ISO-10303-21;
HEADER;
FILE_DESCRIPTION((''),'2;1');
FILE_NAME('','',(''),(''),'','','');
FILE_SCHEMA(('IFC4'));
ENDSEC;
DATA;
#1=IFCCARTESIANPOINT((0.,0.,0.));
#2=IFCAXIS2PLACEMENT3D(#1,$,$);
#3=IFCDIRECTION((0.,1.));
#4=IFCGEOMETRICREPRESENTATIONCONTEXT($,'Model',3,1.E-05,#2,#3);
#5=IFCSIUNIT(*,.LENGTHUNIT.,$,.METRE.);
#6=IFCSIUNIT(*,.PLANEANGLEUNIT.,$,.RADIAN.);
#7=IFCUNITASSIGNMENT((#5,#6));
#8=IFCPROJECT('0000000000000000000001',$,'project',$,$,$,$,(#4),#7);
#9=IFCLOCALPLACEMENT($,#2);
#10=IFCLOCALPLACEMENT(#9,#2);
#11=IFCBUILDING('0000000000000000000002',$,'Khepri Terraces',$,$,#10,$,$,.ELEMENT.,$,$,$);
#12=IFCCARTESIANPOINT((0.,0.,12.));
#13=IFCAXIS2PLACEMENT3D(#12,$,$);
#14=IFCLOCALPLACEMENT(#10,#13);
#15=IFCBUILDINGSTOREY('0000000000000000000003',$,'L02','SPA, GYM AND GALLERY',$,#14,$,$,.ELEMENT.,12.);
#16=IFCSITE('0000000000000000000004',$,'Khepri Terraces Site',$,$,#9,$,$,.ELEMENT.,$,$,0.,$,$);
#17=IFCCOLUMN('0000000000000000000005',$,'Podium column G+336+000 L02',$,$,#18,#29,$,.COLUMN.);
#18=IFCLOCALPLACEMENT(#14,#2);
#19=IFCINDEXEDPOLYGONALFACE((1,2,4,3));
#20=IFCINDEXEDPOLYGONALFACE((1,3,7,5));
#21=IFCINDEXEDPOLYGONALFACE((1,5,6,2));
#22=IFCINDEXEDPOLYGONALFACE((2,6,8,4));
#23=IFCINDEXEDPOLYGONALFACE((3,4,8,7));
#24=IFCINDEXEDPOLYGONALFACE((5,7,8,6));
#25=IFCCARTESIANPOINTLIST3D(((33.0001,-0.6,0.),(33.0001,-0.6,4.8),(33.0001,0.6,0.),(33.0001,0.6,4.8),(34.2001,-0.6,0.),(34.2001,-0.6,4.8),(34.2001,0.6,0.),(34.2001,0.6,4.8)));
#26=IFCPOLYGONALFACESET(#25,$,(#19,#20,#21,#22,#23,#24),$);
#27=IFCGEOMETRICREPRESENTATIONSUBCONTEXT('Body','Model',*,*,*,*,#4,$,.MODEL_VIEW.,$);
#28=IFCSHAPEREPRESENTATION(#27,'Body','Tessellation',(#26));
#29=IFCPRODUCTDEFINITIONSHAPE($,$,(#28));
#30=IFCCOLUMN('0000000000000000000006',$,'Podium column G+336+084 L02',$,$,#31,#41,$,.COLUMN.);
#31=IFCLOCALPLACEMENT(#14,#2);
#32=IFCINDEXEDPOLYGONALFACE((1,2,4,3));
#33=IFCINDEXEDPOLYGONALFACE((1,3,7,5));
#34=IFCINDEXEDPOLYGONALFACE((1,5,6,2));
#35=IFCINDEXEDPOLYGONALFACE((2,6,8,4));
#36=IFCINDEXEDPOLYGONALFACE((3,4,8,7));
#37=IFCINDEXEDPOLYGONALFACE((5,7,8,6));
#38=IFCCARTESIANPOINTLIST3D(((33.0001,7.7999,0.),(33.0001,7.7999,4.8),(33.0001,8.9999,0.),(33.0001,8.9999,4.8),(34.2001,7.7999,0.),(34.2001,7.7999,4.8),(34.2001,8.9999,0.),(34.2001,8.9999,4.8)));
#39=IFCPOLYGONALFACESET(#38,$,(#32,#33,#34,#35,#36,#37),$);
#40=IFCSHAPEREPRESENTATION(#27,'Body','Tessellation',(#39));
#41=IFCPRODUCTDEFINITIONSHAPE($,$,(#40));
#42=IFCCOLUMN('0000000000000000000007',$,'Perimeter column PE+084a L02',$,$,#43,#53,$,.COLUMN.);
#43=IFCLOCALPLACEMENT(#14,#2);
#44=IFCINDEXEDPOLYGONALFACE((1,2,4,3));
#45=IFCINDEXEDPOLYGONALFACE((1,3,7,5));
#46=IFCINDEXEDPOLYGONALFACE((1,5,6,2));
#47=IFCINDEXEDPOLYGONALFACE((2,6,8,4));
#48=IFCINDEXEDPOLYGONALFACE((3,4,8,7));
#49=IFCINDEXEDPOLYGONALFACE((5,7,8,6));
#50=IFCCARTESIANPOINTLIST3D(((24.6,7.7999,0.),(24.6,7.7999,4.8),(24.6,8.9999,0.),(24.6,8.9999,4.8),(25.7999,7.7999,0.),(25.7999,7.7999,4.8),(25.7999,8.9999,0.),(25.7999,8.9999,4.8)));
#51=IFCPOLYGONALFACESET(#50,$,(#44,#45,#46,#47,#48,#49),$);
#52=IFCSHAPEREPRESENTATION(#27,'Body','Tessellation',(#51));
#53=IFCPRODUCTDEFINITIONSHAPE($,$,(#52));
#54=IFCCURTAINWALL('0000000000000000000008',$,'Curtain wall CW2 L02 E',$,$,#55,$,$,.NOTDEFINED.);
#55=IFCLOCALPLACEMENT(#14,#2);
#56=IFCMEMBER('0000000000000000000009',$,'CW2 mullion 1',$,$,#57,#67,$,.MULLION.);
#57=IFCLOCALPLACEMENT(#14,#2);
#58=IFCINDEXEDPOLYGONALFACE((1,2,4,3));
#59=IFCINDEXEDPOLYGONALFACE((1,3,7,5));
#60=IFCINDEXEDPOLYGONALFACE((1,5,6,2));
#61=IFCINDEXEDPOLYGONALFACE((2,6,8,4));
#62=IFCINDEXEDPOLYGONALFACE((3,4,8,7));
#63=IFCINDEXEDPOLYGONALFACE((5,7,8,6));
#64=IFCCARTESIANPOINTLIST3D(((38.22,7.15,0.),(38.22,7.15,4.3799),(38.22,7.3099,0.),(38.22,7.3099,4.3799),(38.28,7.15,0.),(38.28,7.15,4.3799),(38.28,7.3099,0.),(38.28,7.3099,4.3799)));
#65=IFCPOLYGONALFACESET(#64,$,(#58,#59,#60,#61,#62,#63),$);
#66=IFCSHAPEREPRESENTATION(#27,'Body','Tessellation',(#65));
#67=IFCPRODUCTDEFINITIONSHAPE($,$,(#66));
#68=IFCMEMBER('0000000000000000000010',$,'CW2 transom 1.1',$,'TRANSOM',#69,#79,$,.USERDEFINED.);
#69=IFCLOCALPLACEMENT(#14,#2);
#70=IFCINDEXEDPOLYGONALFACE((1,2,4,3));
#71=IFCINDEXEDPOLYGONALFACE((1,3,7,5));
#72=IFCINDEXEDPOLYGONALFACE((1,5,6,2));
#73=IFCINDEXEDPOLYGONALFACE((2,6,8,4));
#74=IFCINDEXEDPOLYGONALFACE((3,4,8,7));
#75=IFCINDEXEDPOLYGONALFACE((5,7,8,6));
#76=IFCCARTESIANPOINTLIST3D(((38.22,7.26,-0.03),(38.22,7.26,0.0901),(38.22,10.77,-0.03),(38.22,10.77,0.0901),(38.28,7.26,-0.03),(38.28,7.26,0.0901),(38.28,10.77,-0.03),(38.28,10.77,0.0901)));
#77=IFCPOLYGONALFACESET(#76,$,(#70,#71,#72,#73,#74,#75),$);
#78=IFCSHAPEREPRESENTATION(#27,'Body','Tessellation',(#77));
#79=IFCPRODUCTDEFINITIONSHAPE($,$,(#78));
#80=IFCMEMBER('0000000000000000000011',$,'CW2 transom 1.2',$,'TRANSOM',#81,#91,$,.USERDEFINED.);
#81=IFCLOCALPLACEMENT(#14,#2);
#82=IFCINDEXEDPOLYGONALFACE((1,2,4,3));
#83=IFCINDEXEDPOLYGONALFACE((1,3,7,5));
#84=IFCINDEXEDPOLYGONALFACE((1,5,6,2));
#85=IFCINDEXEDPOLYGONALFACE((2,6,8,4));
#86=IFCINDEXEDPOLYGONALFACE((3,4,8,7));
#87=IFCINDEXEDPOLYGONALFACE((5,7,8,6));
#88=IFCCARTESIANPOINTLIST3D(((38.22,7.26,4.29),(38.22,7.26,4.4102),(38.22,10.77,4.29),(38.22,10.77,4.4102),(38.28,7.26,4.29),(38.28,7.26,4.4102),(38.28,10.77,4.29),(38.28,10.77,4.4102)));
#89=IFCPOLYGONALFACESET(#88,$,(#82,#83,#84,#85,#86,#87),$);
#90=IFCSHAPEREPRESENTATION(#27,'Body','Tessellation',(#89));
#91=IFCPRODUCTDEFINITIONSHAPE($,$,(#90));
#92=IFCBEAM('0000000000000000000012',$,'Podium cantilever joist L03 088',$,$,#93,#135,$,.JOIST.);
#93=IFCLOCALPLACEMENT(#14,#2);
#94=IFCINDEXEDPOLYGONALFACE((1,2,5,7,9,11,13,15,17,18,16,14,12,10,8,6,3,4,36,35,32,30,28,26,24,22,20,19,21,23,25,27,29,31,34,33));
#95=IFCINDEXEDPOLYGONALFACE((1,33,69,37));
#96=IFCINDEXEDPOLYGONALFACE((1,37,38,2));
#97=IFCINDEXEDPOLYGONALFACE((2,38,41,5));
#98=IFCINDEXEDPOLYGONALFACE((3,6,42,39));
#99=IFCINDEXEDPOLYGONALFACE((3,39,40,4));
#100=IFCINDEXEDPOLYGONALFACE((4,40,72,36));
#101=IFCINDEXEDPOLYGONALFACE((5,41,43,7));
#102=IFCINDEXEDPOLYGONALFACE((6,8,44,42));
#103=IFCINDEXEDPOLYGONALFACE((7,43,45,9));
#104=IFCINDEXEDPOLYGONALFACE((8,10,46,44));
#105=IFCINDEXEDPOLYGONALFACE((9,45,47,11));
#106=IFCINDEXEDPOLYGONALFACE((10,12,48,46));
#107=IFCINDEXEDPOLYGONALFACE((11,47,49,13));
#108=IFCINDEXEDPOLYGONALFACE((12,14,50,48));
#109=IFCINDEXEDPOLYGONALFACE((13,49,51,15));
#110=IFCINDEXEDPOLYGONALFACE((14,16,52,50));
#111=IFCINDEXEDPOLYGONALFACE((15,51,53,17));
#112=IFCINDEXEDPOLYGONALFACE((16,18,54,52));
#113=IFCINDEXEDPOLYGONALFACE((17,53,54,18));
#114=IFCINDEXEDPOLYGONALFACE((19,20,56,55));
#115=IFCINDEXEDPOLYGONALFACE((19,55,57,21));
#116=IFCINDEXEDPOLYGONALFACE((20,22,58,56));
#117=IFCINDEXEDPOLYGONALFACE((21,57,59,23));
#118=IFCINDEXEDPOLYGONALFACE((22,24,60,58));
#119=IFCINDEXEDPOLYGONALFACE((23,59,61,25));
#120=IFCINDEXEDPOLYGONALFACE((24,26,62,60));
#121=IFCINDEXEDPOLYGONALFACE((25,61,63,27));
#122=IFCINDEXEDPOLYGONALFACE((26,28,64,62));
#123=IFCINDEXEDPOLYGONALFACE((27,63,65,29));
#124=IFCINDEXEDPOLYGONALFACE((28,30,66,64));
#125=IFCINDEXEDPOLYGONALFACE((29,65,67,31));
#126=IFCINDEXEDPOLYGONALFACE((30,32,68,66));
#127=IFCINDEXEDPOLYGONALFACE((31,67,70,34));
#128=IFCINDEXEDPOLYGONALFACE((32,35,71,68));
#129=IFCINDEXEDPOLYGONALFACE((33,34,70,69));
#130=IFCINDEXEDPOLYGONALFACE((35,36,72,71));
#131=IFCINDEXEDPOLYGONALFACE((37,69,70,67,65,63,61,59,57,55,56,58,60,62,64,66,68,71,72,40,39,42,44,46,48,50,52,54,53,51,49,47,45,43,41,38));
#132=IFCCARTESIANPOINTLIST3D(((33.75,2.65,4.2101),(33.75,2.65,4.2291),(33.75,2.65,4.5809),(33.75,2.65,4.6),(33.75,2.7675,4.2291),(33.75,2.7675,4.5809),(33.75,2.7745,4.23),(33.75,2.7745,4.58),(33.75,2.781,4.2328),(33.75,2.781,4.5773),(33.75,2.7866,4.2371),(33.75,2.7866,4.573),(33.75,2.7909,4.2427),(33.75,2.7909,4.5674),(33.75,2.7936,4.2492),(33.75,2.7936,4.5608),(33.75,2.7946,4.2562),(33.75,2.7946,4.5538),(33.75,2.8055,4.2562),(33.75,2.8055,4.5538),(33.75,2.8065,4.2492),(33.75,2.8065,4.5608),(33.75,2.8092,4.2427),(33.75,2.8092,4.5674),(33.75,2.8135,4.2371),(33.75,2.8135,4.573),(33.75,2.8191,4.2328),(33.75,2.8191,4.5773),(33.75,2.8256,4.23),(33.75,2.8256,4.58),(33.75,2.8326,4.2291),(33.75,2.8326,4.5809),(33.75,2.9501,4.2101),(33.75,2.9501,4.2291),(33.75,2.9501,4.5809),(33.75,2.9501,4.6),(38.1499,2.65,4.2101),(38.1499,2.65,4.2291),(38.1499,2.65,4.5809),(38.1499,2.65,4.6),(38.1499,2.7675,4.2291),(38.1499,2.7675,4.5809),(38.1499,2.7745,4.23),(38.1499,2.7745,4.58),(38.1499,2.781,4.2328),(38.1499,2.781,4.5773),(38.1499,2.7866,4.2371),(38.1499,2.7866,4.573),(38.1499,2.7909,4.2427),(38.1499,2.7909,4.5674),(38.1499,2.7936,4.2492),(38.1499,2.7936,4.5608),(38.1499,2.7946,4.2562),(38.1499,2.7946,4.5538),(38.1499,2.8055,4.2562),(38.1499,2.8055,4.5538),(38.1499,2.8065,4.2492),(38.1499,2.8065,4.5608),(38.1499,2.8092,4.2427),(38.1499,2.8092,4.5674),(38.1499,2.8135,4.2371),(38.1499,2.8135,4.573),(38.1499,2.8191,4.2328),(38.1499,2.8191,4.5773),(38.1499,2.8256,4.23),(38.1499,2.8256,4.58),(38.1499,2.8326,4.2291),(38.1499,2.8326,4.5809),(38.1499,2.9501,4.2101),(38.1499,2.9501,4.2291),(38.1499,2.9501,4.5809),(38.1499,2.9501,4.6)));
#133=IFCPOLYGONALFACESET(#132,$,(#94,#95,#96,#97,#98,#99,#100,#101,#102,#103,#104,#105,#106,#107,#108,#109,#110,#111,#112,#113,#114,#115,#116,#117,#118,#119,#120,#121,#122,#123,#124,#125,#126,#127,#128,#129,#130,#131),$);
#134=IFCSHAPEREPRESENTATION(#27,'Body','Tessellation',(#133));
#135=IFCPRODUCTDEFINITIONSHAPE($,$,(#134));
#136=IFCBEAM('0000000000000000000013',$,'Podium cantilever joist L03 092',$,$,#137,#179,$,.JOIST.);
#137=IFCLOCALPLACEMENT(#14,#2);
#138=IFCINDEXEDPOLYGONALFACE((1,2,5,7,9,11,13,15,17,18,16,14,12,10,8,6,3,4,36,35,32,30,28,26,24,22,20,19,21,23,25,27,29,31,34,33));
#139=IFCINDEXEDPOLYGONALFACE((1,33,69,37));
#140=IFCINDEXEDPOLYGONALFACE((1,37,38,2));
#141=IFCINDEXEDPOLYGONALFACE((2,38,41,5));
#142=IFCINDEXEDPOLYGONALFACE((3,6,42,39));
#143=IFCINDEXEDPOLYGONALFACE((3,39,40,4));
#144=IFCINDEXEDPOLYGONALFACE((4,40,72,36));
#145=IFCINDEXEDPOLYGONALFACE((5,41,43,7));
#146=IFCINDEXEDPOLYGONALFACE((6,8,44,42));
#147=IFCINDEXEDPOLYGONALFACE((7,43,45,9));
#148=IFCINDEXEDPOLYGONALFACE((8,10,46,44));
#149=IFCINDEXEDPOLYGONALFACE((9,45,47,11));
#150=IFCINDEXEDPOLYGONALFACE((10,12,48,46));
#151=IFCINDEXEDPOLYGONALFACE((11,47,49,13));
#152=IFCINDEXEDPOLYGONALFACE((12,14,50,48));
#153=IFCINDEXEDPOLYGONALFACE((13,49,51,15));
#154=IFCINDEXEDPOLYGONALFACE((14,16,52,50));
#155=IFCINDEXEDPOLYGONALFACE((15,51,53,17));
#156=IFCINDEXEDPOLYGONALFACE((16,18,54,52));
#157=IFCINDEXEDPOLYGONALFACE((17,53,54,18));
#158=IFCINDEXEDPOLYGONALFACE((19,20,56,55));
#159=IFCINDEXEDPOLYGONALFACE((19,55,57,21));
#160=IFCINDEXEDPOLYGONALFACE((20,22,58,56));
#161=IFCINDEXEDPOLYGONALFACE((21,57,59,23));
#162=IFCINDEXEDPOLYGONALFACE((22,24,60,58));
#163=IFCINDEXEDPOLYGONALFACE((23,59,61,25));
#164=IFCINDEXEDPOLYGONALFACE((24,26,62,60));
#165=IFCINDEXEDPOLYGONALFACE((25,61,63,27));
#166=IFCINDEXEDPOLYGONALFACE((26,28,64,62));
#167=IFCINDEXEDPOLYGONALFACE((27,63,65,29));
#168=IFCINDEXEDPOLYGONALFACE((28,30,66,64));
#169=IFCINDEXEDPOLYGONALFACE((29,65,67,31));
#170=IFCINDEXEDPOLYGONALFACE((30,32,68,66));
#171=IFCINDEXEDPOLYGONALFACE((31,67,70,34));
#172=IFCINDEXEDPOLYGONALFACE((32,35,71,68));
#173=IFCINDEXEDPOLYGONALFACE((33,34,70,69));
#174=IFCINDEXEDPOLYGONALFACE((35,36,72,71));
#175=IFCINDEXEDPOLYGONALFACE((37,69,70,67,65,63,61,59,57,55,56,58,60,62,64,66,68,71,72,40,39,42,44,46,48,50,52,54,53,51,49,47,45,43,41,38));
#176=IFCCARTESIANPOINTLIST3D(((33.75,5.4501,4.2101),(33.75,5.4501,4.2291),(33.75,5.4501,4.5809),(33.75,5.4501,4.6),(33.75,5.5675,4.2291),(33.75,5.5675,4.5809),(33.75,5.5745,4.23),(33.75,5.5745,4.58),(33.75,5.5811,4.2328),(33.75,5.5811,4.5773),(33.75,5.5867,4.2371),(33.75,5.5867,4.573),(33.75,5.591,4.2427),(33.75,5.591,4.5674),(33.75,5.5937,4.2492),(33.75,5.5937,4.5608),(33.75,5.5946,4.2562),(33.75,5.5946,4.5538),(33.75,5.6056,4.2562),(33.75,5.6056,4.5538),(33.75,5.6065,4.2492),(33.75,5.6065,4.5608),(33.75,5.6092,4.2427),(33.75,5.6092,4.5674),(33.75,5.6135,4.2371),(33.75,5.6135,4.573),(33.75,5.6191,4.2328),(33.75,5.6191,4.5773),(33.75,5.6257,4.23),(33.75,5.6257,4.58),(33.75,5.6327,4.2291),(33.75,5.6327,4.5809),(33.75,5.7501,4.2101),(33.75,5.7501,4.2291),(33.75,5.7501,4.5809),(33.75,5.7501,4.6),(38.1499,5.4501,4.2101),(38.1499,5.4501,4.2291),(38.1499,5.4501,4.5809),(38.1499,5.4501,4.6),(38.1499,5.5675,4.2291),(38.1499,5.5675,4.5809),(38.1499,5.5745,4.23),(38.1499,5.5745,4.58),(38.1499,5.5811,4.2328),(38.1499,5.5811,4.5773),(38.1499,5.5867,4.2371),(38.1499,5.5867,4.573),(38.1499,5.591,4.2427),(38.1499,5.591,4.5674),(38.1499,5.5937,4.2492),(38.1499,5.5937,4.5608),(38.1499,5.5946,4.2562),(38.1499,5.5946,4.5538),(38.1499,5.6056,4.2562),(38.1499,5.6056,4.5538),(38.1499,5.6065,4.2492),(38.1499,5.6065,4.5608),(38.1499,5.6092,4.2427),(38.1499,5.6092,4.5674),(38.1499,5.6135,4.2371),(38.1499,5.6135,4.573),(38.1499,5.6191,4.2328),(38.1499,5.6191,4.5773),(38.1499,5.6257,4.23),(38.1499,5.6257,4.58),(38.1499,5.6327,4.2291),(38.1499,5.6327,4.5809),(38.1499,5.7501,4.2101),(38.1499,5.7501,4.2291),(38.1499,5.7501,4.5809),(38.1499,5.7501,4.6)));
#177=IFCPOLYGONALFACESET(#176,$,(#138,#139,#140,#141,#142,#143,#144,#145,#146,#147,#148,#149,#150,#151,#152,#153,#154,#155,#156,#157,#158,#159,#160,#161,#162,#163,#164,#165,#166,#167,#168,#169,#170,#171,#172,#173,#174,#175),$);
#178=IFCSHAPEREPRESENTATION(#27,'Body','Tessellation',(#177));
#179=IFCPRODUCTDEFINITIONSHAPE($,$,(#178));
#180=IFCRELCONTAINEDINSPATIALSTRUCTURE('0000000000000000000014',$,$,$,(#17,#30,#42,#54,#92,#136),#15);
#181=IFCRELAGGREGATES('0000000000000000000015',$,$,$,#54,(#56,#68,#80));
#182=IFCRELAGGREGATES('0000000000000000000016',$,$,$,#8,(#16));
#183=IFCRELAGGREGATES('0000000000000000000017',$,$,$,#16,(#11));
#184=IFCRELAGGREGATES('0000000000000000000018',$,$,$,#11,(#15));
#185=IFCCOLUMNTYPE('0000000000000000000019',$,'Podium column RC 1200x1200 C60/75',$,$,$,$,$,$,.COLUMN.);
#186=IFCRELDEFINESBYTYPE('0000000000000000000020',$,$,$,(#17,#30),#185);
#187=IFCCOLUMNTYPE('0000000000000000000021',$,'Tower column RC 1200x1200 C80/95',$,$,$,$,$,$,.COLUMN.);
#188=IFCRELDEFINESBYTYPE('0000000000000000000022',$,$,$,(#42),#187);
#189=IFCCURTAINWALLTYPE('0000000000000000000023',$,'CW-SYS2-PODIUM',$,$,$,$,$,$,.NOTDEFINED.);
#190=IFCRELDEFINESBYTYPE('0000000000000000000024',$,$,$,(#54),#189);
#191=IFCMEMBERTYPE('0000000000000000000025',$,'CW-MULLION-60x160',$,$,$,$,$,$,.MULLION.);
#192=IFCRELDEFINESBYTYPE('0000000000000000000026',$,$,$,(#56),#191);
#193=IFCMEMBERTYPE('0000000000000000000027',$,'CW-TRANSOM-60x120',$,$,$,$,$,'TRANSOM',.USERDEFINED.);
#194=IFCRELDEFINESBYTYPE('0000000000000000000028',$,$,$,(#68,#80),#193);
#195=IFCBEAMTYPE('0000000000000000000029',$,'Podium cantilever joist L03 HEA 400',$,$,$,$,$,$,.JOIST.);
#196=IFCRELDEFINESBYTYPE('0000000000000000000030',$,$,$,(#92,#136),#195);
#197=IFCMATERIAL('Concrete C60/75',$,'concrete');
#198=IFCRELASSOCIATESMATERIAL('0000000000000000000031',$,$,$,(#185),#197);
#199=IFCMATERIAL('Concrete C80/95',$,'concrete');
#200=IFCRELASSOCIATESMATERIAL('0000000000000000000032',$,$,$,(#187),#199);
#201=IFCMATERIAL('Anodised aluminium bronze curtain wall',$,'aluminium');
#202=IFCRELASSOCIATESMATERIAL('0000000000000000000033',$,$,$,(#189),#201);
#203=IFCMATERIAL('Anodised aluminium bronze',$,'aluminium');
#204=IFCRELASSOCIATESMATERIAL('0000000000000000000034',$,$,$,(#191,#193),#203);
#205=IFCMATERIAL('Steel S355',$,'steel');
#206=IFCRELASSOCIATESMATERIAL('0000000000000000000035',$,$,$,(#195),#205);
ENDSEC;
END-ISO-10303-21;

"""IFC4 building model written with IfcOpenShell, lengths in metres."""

from ifc_helpers import new_model, si_unit, direction, frame, origin, origin_2d, place, context, subcontext, project, spatial, rectangle, i_section, extrude, material, material_profile, profile_set, type_object, element, aggregate, save


model = new_model("IFC4")

# Units and contexts
model_context = context("Model", 3, precision=1e-05, world=origin(), true_north=direction((0.0, 1.0)))
body_context = subcontext(model_context, "Body", "Model", "MODEL_VIEW")
ifc_project = project(units=[si_unit("LENGTHUNIT", "METRE"), si_unit("PLANEANGLEUNIT", "RADIAN")], contexts=[model_context])

# Site, building, storey
site_placement = place(None, origin())
site = spatial("IfcSite", under=ifc_project, at=site_placement, Name="Khepri Terraces Site", CompositionType="ELEMENT", RefElevation=0.0)
building_placement = place(site_placement, origin())
building = spatial("IfcBuilding", under=site, at=building_placement, Name="Khepri Terraces", CompositionType="ELEMENT")
storey_placement = place(building_placement, frame((0.0, 0.0, 12.0)))
storey = spatial("IfcBuildingStorey", under=building, at=storey_placement, Name="L02", Description="SPA, GYM AND GALLERY", CompositionType="ELEMENT", Elevation=12.0)

# Columns
ifc_material_1 = material(Name="Concrete C60/75", Category="concrete")
ifc_material_profile_1 = material_profile(ifc_material_1, rectangle(XDim=1.2, YDim=1.2, at=origin_2d()), Name="Concrete C60/75", Category="concrete")
ifc_profile_set_1 = profile_set([ifc_material_profile_1], Name="Concrete C60/75")
column_type_1 = type_object("IfcColumnType", Name="Podium column RC 1200x1200 C60/75", PredefinedType="COLUMN", material=ifc_profile_set_1)
for number, where, z_axis, x_axis, name in (
    (1, (33.6001, 0.0, 0.0), (0.0, 0.0, 1.0), (1.0, 0.0, 0.0), "Podium column G+336+000 L02"),
    (2, (33.6001, 8.3999, 0.0), (0.0, 0.0, 1.0), (1.0, 0.0, 0.0), "Podium column G+336+084 L02"),
):
    element("IfcColumn", number, at=place(storey_placement, frame(where, z_axis=z_axis, x_axis=x_axis)), inside=storey, type_object=column_type_1, Name=name, PredefinedType="COLUMN", context=body_context, shape_type="SweptSolid", body=[
        extrude(rectangle(XDim=1.2, YDim=1.2, at=origin_2d()), origin(), (0.0, 0.0, 1.0), 4.8),
    ])
ifc_material_2 = material(Name="Concrete C80/95", Category="concrete")
ifc_material_profile_2 = material_profile(ifc_material_2, rectangle(XDim=1.2, YDim=1.2, at=origin_2d()), Name="Concrete C80/95", Category="concrete")
ifc_profile_set_2 = profile_set([ifc_material_profile_2], Name="Concrete C80/95")
column_type_2 = type_object("IfcColumnType", Name="Tower column RC 1200x1200 C80/95", PredefinedType="COLUMN", material=ifc_profile_set_2)
column_placement = place(storey_placement, frame((25.2, 8.3999, 0.0), z_axis=(0.0, 0.0, 1.0), x_axis=(1.0, 0.0, 0.0)))
element("IfcColumn", 3, at=column_placement, inside=storey, type_object=column_type_2, Name="Perimeter column PE+084a L02", PredefinedType="COLUMN", context=body_context, shape_type="SweptSolid", body=[
    extrude(rectangle(XDim=1.2, YDim=1.2, at=origin_2d()), origin(), (0.0, 0.0, 1.0), 4.8),
])

# Curtain wall, members
ifc_material_3 = material(Name="Anodised aluminium bronze curtain wall", Category="aluminium")
curtain_wall_type = type_object("IfcCurtainWallType", Name="CW-SYS2-PODIUM", PredefinedType="NOTDEFINED", material=ifc_material_3)
curtain_wall_placement = place(storey_placement, origin())
curtain_wall = element("IfcCurtainWall", 4, at=curtain_wall_placement, inside=storey, type_object=curtain_wall_type, Name="Curtain wall CW2 L02 E", PredefinedType="NOTDEFINED")
ifc_material_4 = material(Name="Anodised aluminium bronze", Category="aluminium")
ifc_material_profile_3 = material_profile(ifc_material_4, rectangle(XDim=0.0601, YDim=0.1599, at=origin_2d()), Name="Anodised aluminium bronze", Category="aluminium")
ifc_profile_set_3 = profile_set([ifc_material_profile_3], Name="Anodised aluminium bronze")
member_type_1 = type_object("IfcMemberType", Name="CW-MULLION-60x160", PredefinedType="MULLION", material=ifc_profile_set_3)
member_1_placement = place(storey_placement, frame((38.25, 7.23, 0.0), z_axis=(0.0, 0.0, 1.0), x_axis=(-1.0, 0.0, 0.0)))
member_1 = element("IfcMember", 5, at=member_1_placement, type_object=member_type_1, Name="CW2 mullion 1", PredefinedType="MULLION", context=body_context, shape_type="SweptSolid", body=[
    extrude(rectangle(XDim=0.0601, YDim=0.1599, at=origin_2d()), origin(), (0.0, 0.0, 1.0), 4.3799),
])
ifc_material_profile_4 = material_profile(ifc_material_4, rectangle(XDim=0.0601, YDim=0.1201, at=origin_2d()), Name="Anodised aluminium bronze", Category="aluminium")
ifc_profile_set_4 = profile_set([ifc_material_profile_4], Name="Anodised aluminium bronze")
member_type_2 = type_object("IfcMemberType", Name="CW-TRANSOM-60x120", ElementType="TRANSOM", PredefinedType="USERDEFINED", material=ifc_profile_set_4)
member_2_placement = place(storey_placement, frame((38.25, 7.26, 0.03), z_axis=(0.0, 1.0, 0.0), x_axis=(-1.0, 0.0, 0.0)))
member_2 = element("IfcMember", 6, at=member_2_placement, type_object=member_type_2, Name="CW2 transom 1.1", ObjectType="TRANSOM", PredefinedType="USERDEFINED", context=body_context, shape_type="SweptSolid", body=[
    extrude(rectangle(XDim=0.0601, YDim=0.1201, at=origin_2d()), origin(), (0.0, 0.0, 1.0), 3.51),
])
member_3_placement = place(storey_placement, frame((38.25, 7.26, 4.3501), z_axis=(0.0, 1.0, 0.0), x_axis=(-1.0, 0.0, 0.0)))
member_3 = element("IfcMember", 7, at=member_3_placement, type_object=member_type_2, Name="CW2 transom 1.2", ObjectType="TRANSOM", PredefinedType="USERDEFINED", context=body_context, shape_type="SweptSolid", body=[
    extrude(rectangle(XDim=0.0601, YDim=0.1201, at=origin_2d()), origin(), (0.0, 0.0, 1.0), 3.51),
])
aggregate(curtain_wall, [member_1, member_2, member_3])

# Beams
ifc_material_5 = material(Name="Steel S355", Category="steel")
ifc_material_profile_5 = material_profile(ifc_material_5, i_section(OverallWidth=0.3, OverallDepth=0.3899, WebThickness=0.011, FlangeThickness=0.019, FilletRadius=0.0271, at=origin_2d()), Name="Steel S355", Category="steel")
ifc_profile_set_5 = profile_set([ifc_material_profile_5], Name="Steel S355")
beam_type_1 = type_object("IfcBeamType", Name="Podium cantilever joist L03 HEA 400", PredefinedType="JOIST", material=ifc_profile_set_5)
for number, where, z_axis, x_axis, name in (
    (8, (33.75, 2.8, 4.405), (1.0, 0.0, 0.0), (0.0, 1.0, 0.0), "Podium cantilever joist L03 088"),
    (9, (33.75, 5.6001, 4.405), (1.0, 0.0, 0.0), (0.0, 1.0, 0.0), "Podium cantilever joist L03 092"),
):
    element("IfcBeam", number, at=place(storey_placement, frame(where, z_axis=z_axis, x_axis=x_axis)), inside=storey, type_object=beam_type_1, Name=name, PredefinedType="JOIST", context=body_context, shape_type="SweptSolid", body=[
        extrude(i_section(OverallWidth=0.3, OverallDepth=0.3899, WebThickness=0.011, FlangeThickness=0.019, FilletRadius=0.0271, at=origin_2d()), origin(), (0.0, 0.0, 1.0), 4.3999),
    ])

save(model, "model.ifc")
